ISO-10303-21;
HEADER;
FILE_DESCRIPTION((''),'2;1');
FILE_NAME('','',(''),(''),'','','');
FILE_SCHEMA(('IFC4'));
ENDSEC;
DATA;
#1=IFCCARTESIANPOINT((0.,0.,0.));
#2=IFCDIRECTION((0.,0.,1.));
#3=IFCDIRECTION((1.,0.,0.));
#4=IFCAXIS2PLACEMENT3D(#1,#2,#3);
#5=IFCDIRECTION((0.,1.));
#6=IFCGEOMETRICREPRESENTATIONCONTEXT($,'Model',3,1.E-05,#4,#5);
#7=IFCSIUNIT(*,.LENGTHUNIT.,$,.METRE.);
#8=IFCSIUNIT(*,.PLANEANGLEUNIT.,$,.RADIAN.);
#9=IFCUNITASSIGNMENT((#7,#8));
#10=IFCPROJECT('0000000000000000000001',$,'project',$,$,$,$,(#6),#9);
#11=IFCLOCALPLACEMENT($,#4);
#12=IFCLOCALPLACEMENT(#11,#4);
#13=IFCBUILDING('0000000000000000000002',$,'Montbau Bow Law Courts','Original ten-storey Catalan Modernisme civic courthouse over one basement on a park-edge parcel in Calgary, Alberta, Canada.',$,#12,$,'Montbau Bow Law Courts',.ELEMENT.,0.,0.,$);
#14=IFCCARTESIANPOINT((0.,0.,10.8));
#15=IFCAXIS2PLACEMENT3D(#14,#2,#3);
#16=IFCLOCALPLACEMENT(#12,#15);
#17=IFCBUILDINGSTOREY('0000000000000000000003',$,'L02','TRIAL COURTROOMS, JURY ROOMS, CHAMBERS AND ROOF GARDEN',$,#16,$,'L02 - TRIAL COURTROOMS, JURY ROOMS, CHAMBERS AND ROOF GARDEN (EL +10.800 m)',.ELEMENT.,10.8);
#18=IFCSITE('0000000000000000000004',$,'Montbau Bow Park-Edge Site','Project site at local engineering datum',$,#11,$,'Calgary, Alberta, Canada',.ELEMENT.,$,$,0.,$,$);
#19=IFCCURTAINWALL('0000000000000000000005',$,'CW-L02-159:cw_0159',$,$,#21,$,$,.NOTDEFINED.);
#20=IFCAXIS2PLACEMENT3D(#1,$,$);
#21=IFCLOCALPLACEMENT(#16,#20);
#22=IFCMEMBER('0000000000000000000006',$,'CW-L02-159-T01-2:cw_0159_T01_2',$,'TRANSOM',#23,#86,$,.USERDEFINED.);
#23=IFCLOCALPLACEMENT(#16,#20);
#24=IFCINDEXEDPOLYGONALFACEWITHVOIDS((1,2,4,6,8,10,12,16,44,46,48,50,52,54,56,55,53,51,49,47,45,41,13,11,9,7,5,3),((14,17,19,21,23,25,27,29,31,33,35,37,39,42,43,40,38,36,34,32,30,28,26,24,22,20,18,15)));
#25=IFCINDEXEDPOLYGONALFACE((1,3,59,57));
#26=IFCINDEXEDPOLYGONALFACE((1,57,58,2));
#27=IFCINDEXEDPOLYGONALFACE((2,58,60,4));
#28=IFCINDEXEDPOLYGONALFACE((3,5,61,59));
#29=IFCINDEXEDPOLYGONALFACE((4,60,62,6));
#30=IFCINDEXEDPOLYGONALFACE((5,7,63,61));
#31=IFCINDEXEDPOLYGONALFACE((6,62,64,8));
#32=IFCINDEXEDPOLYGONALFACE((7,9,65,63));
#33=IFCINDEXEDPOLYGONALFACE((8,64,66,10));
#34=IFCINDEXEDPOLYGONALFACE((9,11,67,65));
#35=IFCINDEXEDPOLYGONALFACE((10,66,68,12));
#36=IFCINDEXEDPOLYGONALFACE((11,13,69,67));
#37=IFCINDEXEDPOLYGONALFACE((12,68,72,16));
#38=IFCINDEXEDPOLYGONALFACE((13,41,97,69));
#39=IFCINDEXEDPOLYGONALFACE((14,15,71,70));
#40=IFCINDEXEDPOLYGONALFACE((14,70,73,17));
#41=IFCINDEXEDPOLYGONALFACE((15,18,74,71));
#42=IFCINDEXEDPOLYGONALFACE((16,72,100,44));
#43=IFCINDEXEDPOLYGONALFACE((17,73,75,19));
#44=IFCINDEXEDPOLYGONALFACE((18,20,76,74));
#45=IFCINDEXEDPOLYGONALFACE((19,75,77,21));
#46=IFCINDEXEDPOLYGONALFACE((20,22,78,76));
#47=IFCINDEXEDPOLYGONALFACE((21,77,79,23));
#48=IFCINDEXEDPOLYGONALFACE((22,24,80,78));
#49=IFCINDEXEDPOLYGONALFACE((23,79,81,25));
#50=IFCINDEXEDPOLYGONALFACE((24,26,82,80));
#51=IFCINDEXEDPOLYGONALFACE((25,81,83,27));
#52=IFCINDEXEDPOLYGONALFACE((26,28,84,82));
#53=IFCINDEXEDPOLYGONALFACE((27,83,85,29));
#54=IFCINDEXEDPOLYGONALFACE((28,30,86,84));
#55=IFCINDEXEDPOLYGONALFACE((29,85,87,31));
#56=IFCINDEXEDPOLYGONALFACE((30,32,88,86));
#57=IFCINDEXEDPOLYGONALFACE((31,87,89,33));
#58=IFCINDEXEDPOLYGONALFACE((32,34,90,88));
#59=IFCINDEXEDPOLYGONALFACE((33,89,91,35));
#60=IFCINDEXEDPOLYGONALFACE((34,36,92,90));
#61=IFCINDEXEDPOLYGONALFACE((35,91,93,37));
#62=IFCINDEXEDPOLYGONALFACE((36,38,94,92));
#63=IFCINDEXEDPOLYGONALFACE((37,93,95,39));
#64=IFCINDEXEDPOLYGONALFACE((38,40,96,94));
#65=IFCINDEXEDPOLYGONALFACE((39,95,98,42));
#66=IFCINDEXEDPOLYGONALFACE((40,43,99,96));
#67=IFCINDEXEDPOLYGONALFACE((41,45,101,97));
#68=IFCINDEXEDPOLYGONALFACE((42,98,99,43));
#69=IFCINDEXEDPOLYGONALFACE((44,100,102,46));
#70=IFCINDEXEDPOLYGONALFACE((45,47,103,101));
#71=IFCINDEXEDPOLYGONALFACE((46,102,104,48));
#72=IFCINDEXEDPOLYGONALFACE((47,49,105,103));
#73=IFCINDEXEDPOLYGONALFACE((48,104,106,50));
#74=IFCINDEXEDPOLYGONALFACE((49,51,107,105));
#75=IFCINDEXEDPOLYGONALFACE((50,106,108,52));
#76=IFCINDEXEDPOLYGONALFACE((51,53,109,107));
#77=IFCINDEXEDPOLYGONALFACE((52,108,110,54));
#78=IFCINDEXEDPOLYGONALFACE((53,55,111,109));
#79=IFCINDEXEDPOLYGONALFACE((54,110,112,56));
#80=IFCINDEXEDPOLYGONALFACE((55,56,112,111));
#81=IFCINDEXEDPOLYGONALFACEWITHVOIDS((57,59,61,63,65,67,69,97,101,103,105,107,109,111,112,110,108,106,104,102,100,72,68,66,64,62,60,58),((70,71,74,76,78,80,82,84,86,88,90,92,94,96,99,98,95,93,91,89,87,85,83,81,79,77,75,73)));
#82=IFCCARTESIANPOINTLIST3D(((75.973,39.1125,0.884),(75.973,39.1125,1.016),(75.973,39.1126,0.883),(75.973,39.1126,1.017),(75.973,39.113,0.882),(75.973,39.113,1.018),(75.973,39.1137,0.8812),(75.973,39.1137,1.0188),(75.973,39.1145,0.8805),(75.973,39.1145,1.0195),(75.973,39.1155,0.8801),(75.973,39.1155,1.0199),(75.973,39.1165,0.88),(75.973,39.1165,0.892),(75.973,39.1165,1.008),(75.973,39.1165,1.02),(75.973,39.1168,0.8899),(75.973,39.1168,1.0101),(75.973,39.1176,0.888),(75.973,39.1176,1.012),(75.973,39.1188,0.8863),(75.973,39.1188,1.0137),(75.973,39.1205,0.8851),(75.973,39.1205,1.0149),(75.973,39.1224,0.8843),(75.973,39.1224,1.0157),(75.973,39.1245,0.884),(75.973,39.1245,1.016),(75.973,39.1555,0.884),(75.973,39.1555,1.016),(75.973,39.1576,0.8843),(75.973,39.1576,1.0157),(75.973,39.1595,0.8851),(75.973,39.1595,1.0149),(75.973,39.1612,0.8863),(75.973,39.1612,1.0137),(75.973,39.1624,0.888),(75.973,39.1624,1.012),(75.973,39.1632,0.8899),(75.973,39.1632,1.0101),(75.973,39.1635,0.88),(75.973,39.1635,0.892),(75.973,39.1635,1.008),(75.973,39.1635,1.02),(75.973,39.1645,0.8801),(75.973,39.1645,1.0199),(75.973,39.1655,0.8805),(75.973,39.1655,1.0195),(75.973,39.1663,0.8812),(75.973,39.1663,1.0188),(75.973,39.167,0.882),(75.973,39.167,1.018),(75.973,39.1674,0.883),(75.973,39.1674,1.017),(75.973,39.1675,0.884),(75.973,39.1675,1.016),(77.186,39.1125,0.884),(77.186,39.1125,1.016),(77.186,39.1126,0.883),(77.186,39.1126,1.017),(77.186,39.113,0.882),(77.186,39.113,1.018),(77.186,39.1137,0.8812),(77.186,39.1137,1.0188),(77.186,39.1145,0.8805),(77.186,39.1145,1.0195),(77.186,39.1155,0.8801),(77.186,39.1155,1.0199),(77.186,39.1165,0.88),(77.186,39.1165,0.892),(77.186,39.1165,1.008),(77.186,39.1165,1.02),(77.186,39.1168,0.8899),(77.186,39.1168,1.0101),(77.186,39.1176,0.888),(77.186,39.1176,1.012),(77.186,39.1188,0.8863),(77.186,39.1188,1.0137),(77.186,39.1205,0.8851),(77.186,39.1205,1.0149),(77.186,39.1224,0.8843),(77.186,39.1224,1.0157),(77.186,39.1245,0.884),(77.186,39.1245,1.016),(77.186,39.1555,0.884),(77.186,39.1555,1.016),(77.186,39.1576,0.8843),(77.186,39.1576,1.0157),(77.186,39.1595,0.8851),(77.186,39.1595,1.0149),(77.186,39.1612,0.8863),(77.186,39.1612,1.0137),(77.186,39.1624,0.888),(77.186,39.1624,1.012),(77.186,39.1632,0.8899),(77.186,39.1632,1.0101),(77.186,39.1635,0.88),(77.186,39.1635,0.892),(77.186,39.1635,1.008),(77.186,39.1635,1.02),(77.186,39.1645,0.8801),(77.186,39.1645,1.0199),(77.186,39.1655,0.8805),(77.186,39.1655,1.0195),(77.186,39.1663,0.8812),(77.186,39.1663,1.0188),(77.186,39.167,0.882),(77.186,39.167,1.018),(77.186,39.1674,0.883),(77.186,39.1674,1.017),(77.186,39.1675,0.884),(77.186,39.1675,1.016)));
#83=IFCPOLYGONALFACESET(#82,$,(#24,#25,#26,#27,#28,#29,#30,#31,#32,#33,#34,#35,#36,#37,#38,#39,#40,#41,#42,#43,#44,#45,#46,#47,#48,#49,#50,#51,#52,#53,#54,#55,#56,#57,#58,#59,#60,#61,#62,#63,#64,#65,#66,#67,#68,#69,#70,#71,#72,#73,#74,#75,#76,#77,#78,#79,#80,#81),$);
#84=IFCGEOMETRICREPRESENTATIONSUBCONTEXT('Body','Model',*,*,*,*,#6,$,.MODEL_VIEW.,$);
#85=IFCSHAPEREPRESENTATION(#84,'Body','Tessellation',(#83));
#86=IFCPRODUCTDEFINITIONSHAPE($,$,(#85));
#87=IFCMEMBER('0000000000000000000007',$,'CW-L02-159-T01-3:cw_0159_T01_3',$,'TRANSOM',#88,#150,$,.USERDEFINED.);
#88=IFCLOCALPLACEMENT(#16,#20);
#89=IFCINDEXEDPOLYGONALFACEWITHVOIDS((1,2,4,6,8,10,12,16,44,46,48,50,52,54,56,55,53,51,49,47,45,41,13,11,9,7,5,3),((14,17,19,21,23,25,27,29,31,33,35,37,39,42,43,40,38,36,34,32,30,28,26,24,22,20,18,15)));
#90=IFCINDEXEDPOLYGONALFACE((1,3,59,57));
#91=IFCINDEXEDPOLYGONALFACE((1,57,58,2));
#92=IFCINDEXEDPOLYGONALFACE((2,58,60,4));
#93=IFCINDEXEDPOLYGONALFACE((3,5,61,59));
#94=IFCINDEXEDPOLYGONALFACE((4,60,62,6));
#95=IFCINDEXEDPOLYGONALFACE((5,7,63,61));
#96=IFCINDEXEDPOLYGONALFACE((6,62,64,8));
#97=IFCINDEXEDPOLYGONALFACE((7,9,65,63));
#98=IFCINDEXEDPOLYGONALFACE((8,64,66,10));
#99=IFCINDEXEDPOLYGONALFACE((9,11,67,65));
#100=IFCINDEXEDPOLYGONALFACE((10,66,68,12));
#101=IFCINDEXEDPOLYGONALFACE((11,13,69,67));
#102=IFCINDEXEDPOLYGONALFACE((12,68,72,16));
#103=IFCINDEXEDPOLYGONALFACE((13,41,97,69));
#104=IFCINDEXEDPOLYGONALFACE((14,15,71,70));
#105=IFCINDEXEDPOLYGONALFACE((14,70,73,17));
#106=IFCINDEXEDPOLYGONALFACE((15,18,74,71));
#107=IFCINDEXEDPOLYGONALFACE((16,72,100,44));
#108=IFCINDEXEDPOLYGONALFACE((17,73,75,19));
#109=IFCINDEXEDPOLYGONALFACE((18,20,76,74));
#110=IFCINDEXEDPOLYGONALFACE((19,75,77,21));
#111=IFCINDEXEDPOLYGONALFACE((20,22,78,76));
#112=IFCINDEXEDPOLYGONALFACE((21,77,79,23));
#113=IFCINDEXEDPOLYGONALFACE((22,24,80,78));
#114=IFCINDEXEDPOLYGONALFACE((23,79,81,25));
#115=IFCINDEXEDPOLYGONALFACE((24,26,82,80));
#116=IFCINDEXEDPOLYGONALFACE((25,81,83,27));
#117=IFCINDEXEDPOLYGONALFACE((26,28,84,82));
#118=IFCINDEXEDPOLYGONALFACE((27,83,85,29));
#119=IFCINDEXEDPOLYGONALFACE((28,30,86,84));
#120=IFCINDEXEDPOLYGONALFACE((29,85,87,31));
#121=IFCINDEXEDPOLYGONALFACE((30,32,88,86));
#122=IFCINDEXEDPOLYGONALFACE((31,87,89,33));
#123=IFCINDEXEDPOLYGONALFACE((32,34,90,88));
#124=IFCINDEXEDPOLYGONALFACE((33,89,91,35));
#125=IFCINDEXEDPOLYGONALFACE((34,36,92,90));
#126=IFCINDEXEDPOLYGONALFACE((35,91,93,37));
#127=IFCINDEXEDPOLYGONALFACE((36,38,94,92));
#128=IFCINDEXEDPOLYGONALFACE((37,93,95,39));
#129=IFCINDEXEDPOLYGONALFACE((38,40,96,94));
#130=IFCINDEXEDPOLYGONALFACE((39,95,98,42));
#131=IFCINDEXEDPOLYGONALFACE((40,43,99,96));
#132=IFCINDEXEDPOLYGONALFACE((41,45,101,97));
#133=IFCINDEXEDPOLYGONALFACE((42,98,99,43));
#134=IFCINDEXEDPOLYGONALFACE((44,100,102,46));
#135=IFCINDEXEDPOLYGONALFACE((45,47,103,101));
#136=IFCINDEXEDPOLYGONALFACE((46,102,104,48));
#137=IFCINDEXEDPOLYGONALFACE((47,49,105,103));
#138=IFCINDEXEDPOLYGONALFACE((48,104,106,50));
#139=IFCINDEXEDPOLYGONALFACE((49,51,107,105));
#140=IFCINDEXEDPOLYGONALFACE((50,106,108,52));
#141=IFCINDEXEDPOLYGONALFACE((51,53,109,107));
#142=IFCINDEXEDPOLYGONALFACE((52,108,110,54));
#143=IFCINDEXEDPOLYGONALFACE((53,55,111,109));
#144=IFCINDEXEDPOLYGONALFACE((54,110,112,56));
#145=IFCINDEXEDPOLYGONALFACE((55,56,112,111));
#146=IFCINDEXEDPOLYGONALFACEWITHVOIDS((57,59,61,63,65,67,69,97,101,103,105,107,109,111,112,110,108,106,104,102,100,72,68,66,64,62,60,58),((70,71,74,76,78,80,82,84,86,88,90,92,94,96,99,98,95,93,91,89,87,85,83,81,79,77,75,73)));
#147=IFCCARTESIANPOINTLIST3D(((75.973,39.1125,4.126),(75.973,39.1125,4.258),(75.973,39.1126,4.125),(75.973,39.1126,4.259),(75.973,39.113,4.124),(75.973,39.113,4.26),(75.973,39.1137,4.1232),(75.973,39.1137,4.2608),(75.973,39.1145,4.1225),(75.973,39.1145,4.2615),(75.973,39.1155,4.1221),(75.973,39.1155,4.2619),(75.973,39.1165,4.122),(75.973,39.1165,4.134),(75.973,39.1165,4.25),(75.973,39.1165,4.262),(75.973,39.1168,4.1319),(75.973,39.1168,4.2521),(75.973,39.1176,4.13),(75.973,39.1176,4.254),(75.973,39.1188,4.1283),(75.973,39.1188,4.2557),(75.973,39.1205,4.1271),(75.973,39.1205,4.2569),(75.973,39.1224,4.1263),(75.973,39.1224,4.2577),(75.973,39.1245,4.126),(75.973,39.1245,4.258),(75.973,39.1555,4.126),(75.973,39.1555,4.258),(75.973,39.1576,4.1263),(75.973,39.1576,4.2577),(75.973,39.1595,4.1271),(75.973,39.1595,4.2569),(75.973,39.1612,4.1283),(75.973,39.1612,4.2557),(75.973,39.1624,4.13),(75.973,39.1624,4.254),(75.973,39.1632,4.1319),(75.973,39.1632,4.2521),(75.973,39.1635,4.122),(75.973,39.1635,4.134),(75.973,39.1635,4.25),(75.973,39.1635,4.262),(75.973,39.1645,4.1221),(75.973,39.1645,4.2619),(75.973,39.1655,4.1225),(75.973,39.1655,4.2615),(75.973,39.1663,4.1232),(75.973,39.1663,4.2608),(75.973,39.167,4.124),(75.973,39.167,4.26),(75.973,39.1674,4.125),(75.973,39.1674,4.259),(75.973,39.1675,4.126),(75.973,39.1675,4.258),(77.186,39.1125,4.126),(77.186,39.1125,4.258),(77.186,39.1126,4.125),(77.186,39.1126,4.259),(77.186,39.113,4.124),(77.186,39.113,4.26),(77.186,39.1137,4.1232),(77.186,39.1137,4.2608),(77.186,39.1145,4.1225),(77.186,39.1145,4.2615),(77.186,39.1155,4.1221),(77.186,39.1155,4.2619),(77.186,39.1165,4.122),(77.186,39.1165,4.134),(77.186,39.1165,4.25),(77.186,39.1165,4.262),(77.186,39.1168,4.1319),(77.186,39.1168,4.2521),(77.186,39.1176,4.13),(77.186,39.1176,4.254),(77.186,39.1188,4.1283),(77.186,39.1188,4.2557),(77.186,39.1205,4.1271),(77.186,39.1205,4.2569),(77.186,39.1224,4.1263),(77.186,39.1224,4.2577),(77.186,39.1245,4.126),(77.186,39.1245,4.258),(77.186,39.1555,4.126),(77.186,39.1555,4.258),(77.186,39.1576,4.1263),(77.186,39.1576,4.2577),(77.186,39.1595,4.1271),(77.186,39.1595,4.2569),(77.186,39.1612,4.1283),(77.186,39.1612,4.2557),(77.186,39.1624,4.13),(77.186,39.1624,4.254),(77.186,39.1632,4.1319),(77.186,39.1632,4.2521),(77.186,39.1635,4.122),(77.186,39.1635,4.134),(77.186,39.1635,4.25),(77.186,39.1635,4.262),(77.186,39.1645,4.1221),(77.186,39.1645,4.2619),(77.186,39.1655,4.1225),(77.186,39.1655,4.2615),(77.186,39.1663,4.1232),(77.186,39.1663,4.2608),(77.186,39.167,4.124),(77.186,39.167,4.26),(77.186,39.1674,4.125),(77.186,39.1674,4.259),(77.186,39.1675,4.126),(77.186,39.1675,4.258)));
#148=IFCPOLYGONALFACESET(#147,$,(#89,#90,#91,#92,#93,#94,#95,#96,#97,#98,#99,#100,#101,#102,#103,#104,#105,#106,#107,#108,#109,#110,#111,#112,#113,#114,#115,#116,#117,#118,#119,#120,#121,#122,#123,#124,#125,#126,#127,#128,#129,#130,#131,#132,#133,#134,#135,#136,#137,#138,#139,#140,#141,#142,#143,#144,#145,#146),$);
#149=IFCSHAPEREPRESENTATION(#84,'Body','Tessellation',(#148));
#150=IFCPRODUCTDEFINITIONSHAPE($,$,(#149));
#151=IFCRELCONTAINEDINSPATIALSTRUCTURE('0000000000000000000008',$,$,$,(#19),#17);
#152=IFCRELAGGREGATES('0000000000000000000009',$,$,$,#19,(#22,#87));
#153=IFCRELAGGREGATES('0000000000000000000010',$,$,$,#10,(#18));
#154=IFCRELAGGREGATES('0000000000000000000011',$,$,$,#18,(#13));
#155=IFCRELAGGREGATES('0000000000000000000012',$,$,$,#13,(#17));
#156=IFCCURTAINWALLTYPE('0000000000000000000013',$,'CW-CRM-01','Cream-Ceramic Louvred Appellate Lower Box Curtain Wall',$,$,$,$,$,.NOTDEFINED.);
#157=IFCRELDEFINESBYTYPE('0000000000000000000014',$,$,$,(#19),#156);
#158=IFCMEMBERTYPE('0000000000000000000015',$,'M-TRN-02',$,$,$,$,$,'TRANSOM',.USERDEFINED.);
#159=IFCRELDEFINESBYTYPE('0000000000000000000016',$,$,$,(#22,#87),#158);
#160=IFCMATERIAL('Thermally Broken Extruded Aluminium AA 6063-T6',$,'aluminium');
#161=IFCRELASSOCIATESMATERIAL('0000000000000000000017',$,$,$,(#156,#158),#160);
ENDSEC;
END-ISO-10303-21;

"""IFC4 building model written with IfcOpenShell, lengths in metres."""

from ifc_helpers import new_model, si_unit, direction, frame, origin_with_axes, origin_2d_with_axis, place, context, subcontext, project, spatial, hollow_rectangle, extrude, material, material_profile, profile_set, type_object, element, aggregate, save


model = new_model("IFC4")

# Units and contexts
model_context = context("Model", 3, precision=1e-05, world=origin_with_axes(), true_north=direction((0.0, 1.0)))
body_context = subcontext(model_context, "Body", "Model", "MODEL_VIEW")
ifc_project = project(units=[si_unit("LENGTHUNIT", "METRE"), si_unit("PLANEANGLEUNIT", "RADIAN")], contexts=[model_context])

# Site, building, storey
site_placement = place(None, origin_with_axes())
site = spatial("IfcSite", under=ifc_project, at=site_placement, Name="Montbau Bow Park-Edge Site", Description="Project site at local engineering datum", LongName="Calgary, Alberta, Canada", CompositionType="ELEMENT", RefElevation=0.0)
building_placement = place(site_placement, origin_with_axes())
building = spatial("IfcBuilding", under=site, at=building_placement, Name="Montbau Bow Law Courts", Description="Original ten-storey Catalan Modernisme civic courthouse over one basement on a park-edge parcel in Calgary, Alberta, Canada.", LongName="Montbau Bow Law Courts", CompositionType="ELEMENT", ElevationOfRefHeight=0.0, ElevationOfTerrain=0.0)
storey_placement = place(building_placement, frame((0.0, 0.0, 10.8), z_axis=(0.0, 0.0, 1.0), x_axis=(1.0, 0.0, 0.0)))
storey = spatial("IfcBuildingStorey", under=building, at=storey_placement, Name="L02", Description="TRIAL COURTROOMS, JURY ROOMS, CHAMBERS AND ROOF GARDEN", LongName="L02 - TRIAL COURTROOMS, JURY ROOMS, CHAMBERS AND ROOF GARDEN (EL +10.800 m)", CompositionType="ELEMENT", Elevation=10.8)

# Curtain wall
ifc_material_1 = material(Name="Thermally Broken Extruded Aluminium AA 6063-T6", Category="aluminium")
curtain_wall_type = type_object("IfcCurtainWallType", Name="CW-CRM-01", Description="Cream-Ceramic Louvred Appellate Lower Box Curtain Wall", PredefinedType="NOTDEFINED", material=ifc_material_1)
curtain_wall_1_placement = place(None, frame((75.897, 39.14, 10.8), z_axis=(0.0, 0.0, 1.0), x_axis=(1.0, 0.0, 0.0)))
curtain_wall_1 = element("IfcCurtainWall", 1, at=curtain_wall_1_placement, inside=storey, type_object=curtain_wall_type, Name="CW-L02-159:cw_0159", PredefinedType="NOTDEFINED")

# Members
ifc_material_profile_1 = material_profile(ifc_material_1, hollow_rectangle(XDim=0.055, YDim=0.14, WallThickness=0.004, InnerFilletRadius=0.008, OuterFilletRadius=0.004, at=origin_2d_with_axis()), Name="CWT-140X55", Category="Main", Priority=0)
ifc_profile_set_1 = profile_set([ifc_material_profile_1], Name="Thermally Broken Extruded Aluminium AA 6063-T6")
member_type_1 = type_object("IfcMemberType", Name="M-TRN-02", ElementType="TRANSOM", PredefinedType="USERDEFINED", material=ifc_profile_set_1)
member_1_placement = place(None, frame((75.973, 39.14, 11.75), z_axis=(1.0, 0.0, 0.0), x_axis=(0.0, 1.0, 0.0)))
member_1 = element("IfcMember", 2, at=member_1_placement, type_object=member_type_1, Name="CW-L02-159-T01-2:cw_0159_T01_2", ObjectType="TRANSOM", PredefinedType="USERDEFINED", context=body_context, shape_type="SweptSolid", body=[
    extrude(hollow_rectangle(XDim=0.055, YDim=0.14, WallThickness=0.004, InnerFilletRadius=0.008, OuterFilletRadius=0.004, at=origin_2d_with_axis()), origin_with_axes(), (0.0, 0.0, 1.0), 1.213),
])
member_2_placement = place(None, frame((75.973, 39.14, 14.992), z_axis=(1.0, 0.0, 0.0), x_axis=(0.0, 1.0, 0.0)))
member_2 = element("IfcMember", 3, at=member_2_placement, type_object=member_type_1, Name="CW-L02-159-T01-3:cw_0159_T01_3", ObjectType="TRANSOM", PredefinedType="USERDEFINED", context=body_context, shape_type="SweptSolid", body=[
    extrude(hollow_rectangle(XDim=0.055, YDim=0.14, WallThickness=0.004, InnerFilletRadius=0.008, OuterFilletRadius=0.004, at=origin_2d_with_axis()), origin_with_axes(), (0.0, 0.0, 1.0), 1.213),
])

aggregate(curtain_wall_1, [member_1, member_2])

save(model, "model.ifc")
